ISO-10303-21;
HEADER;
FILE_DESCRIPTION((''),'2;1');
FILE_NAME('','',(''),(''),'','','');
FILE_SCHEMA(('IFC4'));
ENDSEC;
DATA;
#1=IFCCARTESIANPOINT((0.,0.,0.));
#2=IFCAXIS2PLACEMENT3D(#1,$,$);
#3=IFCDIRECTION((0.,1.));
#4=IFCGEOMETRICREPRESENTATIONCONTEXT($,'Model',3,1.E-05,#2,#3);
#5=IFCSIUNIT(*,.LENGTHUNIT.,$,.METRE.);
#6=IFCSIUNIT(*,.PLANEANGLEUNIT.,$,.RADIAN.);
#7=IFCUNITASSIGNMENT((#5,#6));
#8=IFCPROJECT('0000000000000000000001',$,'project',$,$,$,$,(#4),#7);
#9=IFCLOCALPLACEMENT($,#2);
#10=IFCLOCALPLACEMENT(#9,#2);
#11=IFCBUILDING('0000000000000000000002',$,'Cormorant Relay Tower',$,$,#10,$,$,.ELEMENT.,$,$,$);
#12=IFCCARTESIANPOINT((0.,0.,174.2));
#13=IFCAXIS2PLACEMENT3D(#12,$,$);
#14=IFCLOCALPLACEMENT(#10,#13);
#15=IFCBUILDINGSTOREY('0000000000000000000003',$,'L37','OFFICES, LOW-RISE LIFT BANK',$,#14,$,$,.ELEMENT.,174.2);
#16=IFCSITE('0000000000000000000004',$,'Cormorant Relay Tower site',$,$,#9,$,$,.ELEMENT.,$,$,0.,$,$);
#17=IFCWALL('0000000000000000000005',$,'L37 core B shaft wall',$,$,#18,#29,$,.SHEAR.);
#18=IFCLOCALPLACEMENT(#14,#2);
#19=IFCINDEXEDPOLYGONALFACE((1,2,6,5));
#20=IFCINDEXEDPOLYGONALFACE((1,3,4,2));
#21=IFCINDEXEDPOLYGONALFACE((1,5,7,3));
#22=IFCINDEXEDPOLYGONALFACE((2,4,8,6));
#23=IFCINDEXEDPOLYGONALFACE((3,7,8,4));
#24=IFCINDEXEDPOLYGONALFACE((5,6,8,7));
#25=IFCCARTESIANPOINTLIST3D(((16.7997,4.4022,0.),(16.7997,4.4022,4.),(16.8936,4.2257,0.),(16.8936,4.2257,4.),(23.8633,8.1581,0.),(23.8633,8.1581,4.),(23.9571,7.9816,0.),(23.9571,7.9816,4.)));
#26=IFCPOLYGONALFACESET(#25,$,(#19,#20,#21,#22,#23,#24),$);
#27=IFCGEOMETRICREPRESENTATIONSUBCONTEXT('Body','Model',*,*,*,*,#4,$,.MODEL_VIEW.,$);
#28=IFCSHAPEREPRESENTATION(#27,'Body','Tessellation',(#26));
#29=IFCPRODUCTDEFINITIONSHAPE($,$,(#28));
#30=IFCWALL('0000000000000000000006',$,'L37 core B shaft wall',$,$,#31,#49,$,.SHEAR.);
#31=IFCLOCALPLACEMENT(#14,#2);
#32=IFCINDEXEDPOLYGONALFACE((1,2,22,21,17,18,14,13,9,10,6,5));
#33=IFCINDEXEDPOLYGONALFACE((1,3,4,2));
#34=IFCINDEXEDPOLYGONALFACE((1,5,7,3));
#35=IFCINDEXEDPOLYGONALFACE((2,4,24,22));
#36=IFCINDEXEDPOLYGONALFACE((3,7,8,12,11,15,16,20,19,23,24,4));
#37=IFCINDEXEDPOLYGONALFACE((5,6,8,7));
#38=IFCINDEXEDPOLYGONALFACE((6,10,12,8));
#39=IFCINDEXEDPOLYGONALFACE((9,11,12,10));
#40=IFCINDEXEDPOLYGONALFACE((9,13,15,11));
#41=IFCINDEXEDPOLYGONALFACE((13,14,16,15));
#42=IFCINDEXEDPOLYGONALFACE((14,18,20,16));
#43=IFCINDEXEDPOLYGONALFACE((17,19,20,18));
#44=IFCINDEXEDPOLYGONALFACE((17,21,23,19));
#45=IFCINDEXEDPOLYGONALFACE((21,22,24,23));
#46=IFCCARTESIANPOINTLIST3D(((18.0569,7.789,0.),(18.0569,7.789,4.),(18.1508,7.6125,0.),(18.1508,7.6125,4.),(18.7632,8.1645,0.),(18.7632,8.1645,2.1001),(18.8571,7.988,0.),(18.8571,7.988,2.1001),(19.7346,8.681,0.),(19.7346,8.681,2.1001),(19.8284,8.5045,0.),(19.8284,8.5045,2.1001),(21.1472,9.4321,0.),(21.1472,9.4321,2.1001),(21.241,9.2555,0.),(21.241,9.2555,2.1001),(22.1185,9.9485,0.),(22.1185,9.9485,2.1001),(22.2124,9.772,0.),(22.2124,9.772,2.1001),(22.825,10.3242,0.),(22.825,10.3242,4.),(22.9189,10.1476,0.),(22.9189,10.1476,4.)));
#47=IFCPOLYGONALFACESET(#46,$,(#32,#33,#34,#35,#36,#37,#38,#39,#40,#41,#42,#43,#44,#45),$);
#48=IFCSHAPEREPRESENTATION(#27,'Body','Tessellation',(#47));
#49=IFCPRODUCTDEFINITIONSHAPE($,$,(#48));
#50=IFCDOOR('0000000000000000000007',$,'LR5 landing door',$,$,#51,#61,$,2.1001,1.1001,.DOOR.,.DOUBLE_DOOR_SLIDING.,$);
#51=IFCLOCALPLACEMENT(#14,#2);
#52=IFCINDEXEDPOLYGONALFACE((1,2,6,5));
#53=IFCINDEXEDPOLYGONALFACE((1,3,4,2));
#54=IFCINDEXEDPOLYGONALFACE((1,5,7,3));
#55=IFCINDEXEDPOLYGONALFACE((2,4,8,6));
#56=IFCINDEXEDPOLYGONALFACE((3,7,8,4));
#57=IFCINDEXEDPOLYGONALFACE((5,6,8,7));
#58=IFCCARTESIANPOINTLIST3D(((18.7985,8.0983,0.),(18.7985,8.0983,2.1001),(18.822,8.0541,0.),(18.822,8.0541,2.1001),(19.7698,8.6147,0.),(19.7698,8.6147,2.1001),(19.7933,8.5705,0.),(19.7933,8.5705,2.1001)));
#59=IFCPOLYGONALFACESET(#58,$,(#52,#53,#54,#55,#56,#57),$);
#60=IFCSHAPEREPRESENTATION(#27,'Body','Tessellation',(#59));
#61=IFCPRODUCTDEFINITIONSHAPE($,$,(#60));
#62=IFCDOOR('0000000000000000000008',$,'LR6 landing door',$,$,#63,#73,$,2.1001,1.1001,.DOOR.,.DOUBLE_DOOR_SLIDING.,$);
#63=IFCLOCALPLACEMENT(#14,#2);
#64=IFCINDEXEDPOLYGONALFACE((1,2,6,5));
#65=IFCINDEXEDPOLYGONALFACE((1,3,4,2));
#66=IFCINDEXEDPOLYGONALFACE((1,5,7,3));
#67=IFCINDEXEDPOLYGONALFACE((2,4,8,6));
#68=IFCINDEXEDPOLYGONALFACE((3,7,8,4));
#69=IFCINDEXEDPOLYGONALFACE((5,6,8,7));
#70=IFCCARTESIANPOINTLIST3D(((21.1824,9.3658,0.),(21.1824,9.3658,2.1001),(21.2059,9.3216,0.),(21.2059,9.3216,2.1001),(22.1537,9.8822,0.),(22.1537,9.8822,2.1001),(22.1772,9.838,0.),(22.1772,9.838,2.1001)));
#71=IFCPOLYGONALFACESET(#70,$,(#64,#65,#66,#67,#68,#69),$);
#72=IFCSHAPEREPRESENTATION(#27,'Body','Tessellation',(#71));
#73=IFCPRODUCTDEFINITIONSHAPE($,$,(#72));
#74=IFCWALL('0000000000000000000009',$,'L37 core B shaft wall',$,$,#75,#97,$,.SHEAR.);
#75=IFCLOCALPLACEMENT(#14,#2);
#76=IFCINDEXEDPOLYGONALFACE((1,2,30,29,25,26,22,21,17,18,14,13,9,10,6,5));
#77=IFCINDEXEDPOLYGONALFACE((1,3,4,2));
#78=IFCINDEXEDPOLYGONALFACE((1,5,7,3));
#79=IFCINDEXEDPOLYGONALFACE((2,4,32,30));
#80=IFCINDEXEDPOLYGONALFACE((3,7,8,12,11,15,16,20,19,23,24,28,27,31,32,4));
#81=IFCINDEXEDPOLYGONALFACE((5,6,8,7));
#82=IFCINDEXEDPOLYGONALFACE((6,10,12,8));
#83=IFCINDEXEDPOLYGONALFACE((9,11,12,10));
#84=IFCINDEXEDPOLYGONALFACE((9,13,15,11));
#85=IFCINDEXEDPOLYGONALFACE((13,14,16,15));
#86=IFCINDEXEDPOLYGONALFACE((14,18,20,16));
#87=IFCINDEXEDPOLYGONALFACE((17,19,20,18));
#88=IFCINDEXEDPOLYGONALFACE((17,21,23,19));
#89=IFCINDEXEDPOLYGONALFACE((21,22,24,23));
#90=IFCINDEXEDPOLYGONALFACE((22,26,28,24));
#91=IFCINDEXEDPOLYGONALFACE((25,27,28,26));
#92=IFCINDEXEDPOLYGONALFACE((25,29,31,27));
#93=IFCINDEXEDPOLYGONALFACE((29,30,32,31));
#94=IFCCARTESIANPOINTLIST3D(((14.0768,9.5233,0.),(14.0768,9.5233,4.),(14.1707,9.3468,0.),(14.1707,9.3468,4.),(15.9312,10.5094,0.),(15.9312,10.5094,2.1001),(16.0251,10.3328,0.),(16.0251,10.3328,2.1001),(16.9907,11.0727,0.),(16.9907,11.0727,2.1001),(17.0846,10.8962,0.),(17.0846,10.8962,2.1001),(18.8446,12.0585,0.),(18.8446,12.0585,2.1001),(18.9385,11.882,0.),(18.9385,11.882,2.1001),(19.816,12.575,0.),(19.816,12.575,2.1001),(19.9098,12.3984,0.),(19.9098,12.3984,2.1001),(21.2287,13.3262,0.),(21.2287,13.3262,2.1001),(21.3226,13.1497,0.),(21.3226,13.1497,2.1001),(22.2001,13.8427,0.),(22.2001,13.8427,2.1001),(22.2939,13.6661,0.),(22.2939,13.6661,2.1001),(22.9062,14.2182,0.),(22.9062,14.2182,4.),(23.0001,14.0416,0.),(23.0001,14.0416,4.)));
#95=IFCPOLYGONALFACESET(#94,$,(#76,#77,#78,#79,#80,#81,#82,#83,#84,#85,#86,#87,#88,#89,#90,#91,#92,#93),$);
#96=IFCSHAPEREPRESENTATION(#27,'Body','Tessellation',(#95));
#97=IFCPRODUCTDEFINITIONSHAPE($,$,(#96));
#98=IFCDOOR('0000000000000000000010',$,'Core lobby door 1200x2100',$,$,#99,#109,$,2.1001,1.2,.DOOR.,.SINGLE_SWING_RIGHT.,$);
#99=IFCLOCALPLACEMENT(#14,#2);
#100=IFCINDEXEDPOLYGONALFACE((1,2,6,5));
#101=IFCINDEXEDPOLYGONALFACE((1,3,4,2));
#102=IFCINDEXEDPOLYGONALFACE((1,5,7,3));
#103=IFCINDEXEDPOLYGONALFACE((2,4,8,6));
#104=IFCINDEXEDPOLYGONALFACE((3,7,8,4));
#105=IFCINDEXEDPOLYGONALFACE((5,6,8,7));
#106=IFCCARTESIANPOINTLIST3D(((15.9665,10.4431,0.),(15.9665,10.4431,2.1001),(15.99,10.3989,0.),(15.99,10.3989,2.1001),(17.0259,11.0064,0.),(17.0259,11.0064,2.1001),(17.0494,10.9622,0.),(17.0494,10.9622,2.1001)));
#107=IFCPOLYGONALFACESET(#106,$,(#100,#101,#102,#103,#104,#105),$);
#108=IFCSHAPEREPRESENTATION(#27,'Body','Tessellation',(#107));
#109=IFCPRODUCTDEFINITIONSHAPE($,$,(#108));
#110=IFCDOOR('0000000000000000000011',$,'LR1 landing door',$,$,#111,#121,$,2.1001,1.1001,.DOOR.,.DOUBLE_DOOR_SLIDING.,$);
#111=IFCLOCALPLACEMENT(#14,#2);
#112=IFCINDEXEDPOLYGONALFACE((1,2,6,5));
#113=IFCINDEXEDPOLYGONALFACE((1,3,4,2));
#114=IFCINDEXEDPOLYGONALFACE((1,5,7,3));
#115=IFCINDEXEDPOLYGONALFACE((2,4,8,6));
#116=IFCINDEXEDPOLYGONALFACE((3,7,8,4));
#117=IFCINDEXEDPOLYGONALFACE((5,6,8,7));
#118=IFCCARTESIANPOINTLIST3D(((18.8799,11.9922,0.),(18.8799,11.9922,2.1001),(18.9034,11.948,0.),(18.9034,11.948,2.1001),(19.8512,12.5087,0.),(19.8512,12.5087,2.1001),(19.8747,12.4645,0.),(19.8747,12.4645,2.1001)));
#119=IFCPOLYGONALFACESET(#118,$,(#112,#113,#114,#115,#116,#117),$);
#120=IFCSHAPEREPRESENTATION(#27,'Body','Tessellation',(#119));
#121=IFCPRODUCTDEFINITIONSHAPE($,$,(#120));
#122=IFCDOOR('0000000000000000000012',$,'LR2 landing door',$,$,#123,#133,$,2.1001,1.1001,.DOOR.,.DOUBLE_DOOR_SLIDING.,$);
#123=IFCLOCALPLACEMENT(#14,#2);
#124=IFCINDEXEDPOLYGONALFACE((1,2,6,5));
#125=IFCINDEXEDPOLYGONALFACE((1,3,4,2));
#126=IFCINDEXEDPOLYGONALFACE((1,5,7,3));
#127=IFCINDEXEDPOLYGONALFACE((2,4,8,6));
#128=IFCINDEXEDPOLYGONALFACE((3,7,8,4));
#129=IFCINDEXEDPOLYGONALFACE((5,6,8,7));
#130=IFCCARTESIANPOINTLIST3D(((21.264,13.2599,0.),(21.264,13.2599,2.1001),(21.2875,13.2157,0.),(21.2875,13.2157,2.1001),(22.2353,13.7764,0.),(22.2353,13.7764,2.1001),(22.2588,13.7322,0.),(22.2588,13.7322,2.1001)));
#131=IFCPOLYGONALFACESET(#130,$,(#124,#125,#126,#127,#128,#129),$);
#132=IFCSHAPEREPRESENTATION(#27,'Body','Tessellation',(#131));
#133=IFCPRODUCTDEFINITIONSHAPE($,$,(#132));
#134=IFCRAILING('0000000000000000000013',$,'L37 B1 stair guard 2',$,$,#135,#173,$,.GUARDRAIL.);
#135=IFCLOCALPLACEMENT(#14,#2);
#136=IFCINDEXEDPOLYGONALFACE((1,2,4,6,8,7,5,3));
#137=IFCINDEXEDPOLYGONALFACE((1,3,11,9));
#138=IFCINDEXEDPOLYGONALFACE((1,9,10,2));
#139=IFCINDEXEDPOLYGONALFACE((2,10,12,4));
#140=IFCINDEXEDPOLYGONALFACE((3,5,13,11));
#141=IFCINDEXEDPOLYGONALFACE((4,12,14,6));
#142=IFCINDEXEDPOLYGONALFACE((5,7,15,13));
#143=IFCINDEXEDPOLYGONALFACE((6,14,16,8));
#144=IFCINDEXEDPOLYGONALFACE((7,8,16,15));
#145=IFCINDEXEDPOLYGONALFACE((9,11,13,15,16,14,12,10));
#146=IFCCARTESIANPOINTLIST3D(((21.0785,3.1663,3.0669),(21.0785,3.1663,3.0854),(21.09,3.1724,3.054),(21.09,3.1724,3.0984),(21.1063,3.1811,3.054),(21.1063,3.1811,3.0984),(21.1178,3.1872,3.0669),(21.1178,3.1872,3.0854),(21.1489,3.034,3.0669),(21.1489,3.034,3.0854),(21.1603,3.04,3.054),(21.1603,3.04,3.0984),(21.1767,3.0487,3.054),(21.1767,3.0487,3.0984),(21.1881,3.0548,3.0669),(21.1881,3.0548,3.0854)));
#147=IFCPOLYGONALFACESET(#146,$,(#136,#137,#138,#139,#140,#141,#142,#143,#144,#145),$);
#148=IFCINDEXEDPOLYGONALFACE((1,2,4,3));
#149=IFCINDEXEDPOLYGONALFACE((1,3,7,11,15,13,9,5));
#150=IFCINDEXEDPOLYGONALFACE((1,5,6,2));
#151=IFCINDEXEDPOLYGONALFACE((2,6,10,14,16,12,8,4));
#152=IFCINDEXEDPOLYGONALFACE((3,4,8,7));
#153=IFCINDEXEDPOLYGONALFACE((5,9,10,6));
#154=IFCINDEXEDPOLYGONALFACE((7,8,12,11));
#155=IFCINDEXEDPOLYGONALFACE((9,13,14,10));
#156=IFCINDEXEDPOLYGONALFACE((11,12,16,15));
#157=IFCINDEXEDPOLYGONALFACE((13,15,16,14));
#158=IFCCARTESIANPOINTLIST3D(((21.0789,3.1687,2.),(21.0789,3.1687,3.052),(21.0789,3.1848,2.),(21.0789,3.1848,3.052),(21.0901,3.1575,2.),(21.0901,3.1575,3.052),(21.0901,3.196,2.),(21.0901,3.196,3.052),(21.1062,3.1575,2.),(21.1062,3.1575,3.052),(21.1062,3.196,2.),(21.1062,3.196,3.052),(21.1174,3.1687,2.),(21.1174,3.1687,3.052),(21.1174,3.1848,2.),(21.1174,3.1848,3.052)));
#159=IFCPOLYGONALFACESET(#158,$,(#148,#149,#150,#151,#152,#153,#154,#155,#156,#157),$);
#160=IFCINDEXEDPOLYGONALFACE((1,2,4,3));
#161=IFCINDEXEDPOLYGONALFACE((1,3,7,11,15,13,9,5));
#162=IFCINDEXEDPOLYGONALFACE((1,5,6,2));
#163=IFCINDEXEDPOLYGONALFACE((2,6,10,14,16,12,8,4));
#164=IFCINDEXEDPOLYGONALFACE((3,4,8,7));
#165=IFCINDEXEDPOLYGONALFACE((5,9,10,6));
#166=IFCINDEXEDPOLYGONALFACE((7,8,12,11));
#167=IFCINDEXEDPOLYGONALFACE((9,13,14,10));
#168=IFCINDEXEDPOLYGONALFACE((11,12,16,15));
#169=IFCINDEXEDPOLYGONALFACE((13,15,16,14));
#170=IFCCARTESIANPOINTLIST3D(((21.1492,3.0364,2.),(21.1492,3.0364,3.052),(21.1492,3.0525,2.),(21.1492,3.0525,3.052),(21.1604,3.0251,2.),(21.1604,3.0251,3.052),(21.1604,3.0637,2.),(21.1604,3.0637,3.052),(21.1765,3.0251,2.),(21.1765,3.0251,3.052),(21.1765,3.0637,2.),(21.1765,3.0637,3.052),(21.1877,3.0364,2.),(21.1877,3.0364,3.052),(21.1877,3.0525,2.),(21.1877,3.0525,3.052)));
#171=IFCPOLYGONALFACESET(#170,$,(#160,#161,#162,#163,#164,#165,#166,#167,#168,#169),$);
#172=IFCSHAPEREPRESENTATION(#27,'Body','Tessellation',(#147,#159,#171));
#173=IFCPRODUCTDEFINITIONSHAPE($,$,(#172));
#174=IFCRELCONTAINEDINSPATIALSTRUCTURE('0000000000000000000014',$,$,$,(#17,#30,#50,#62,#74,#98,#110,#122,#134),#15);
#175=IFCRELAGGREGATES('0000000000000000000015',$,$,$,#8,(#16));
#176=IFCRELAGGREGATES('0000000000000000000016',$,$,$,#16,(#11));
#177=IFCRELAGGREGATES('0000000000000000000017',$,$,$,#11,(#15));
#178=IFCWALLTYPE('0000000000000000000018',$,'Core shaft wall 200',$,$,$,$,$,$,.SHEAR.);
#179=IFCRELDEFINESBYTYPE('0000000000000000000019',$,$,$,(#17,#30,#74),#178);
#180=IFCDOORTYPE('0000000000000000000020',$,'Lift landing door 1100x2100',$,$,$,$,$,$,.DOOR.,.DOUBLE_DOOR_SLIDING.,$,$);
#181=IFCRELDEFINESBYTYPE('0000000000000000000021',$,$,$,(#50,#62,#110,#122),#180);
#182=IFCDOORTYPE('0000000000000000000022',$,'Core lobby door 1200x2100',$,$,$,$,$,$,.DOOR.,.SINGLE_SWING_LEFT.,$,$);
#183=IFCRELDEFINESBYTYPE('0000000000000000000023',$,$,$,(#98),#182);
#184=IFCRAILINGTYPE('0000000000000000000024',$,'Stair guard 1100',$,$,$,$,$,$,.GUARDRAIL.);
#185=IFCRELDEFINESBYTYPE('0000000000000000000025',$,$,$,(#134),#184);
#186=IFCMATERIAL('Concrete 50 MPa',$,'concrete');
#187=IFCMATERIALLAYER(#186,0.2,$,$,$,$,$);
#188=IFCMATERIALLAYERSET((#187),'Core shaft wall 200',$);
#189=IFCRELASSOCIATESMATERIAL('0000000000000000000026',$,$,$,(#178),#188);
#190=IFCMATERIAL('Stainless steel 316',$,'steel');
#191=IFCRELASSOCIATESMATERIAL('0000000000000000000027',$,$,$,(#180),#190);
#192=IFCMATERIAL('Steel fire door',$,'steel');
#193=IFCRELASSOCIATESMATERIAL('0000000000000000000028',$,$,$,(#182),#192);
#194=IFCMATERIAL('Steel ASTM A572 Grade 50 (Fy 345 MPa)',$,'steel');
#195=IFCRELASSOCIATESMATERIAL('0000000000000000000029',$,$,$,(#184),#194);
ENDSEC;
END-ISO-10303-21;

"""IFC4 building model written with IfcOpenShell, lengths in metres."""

from ifc_helpers import new_model, si_unit, direction, frame, frame_2d, origin, place, context, subcontext, project, spatial, polyline, rectangle, outline, extrude, material, layer, layer_set, type_object, element, fill, save


model = new_model("IFC4")

# Units and contexts
model_context = context("Model", 3, precision=1e-05, world=origin(), true_north=direction((0.0, 1.0)))
body_context = subcontext(model_context, "Body", "Model", "MODEL_VIEW")
ifc_project = project(units=[si_unit("LENGTHUNIT", "METRE"), si_unit("PLANEANGLEUNIT", "RADIAN")], contexts=[model_context])

# Site, building, storey
site_placement = place(None, origin())
site = spatial("IfcSite", under=ifc_project, at=site_placement, Name="Cormorant Relay Tower site", CompositionType="ELEMENT", RefElevation=0.0)
building_placement = place(site_placement, origin())
building = spatial("IfcBuilding", under=site, at=building_placement, Name="Cormorant Relay Tower", CompositionType="ELEMENT")
storey_placement = place(building_placement, frame((0.0, 0.0, 174.2)))
storey = spatial("IfcBuildingStorey", under=building, at=storey_placement, Name="L37", Description="OFFICES, LOW-RISE LIFT BANK", CompositionType="ELEMENT", Elevation=174.2)

# Wall
ifc_material_1 = material(Name="Concrete 50 MPa", Category="concrete")
ifc_layer_1 = layer(ifc_material_1, 0.2)
ifc_layer_set_1 = layer_set([ifc_layer_1], Name="Core shaft wall 200")
wall_type = type_object("IfcWallType", Name="Core shaft wall 200", PredefinedType="SHEAR", material=ifc_layer_set_1)
for number, where, z_axis, x_axis, name in (
    (1, (16.8467, 4.314, 0.0), (0.0, 0.0, 1.0), (0.88294, 0.469485, 0.0), "L37 core B shaft wall"),
):
    element("IfcWall", number, at=place(storey_placement, frame(where, z_axis=z_axis, x_axis=x_axis)), inside=storey, type_object=wall_type, Name=name, PredefinedType="SHEAR", context=body_context, shape_type="SweptSolid", body=[
        extrude(rectangle(XDim=8.0, YDim=0.2, at=frame_2d((4.0, 0.0))), origin(), (0.0, 0.0, 1.0), 4.0),
    ])

# Walls, openings, doors
wall_1_placement = place(storey_placement, frame((18.1038, 7.7007, 0.0), z_axis=(0.0, 0.0, 1.0), x_axis=(0.882953, 0.469462, 0.0)))
wall_1 = element("IfcWall", 2, at=wall_1_placement, inside=storey, type_object=wall_type, Name="L37 core B shaft wall", PredefinedType="SHEAR", context=body_context, shape_type="SweptSolid", body=[
    extrude(rectangle(XDim=5.4001, YDim=0.2, at=frame_2d((2.7002, 0.0))), origin(), (0.0, 0.0, 1.0), 4.0),
])
opening_1_placement = place(wall_1_placement, frame((0.8, 0.0, 0.0)))
opening_1 = element("IfcOpeningElement", 3, at=opening_1_placement, cuts=wall_1, PredefinedType="OPENING", context=body_context, shape_type="SweptSolid", body=[
    extrude(rectangle(XDim=1.1001, YDim=2.1001, at=frame_2d((0.55, 1.05))), frame((0.0, 0.1099, 0.0), z_axis=(0.0, -1.0, 0.0), x_axis=(1.0, 0.0, 0.0)), (0.0, 0.0, 1.0), 0.22),
])
opening_2_placement = place(wall_1_placement, frame((3.5, 0.0, 0.0)))
opening_2 = element("IfcOpeningElement", 4, at=opening_2_placement, cuts=wall_1, PredefinedType="OPENING", context=body_context, shape_type="SweptSolid", body=[
    extrude(rectangle(XDim=1.1001, YDim=2.1001, at=frame_2d((0.55, 1.05))), frame((0.0, 0.1099, 0.0), z_axis=(0.0, -1.0, 0.0), x_axis=(1.0, 0.0, 0.0)), (0.0, 0.0, 1.0), 0.22),
])
ifc_material_2 = material(Name="Stainless steel 316", Category="steel")
door_type_1 = type_object("IfcDoorType", Name="Lift landing door 1100x2100", OperationType="DOUBLE_DOOR_SLIDING", PredefinedType="DOOR", material=ifc_material_2)
door_1_placement = place(opening_1_placement, origin())
door_1 = element("IfcDoor", 5, at=door_1_placement, inside=storey, type_object=door_type_1, Name="LR5 landing door", OperationType="DOUBLE_DOOR_SLIDING", OverallHeight=2.1001, OverallWidth=1.1001, PredefinedType="DOOR", context=body_context, shape_type="SweptSolid", body=[
    extrude(rectangle(XDim=1.1001, YDim=2.1001, at=frame_2d((0.55, 1.05))), frame((0.0, 0.0249, 0.0), z_axis=(0.0, -1.0, 0.0), x_axis=(1.0, 0.0, 0.0)), (0.0, 0.0, 1.0), 0.05),
])
fill(opening_1, door_1)
door_2_placement = place(opening_2_placement, origin())
door_2 = element("IfcDoor", 6, at=door_2_placement, inside=storey, type_object=door_type_1, Name="LR6 landing door", OperationType="DOUBLE_DOOR_SLIDING", OverallHeight=2.1001, OverallWidth=1.1001, PredefinedType="DOOR", context=body_context, shape_type="SweptSolid", body=[
    extrude(rectangle(XDim=1.1001, YDim=2.1001, at=frame_2d((0.55, 1.05))), frame((0.0, 0.0249, 0.0), z_axis=(0.0, -1.0, 0.0), x_axis=(1.0, 0.0, 0.0)), (0.0, 0.0, 1.0), 0.05),
])
fill(opening_2, door_2)
wall_2_placement = place(storey_placement, frame((14.1238, 9.4351, 0.0), z_axis=(0.0, 0.0, 1.0), x_axis=(0.88294, 0.469485, 0.0)))
wall_2 = element("IfcWall", 7, at=wall_2_placement, inside=storey, type_object=wall_type, Name="L37 core B shaft wall", PredefinedType="SHEAR", context=body_context, shape_type="SweptSolid", body=[
    extrude(rectangle(XDim=10.0, YDim=0.2, at=frame_2d((5.0, 0.0))), origin(), (0.0, 0.0, 1.0), 4.0),
])
opening_3_placement = place(wall_2_placement, frame((2.1001, 0.0, 0.0)))
opening_3 = element("IfcOpeningElement", 8, at=opening_3_placement, cuts=wall_2, PredefinedType="OPENING", context=body_context, shape_type="SweptSolid", body=[
    extrude(rectangle(XDim=1.2, YDim=2.1001, at=frame_2d((0.6001, 1.05))), frame((0.0, 0.1099, 0.0), z_axis=(0.0, -1.0, 0.0), x_axis=(1.0, 0.0, 0.0)), (0.0, 0.0, 1.0), 0.22),
])
opening_4_placement = place(wall_2_placement, frame((5.3999, 0.0, 0.0)))
opening_4 = element("IfcOpeningElement", 9, at=opening_4_placement, cuts=wall_2, PredefinedType="OPENING", context=body_context, shape_type="SweptSolid", body=[
    extrude(rectangle(XDim=1.1001, YDim=2.1001, at=frame_2d((0.55, 1.05))), frame((0.0, 0.1099, 0.0), z_axis=(0.0, -1.0, 0.0), x_axis=(1.0, 0.0, 0.0)), (0.0, 0.0, 1.0), 0.22),
])
opening_5_placement = place(wall_2_placement, frame((8.1001, 0.0, 0.0)))
opening_5 = element("IfcOpeningElement", 10, at=opening_5_placement, cuts=wall_2, PredefinedType="OPENING", context=body_context, shape_type="SweptSolid", body=[
    extrude(rectangle(XDim=1.1001, YDim=2.1001, at=frame_2d((0.55, 1.05))), frame((0.0, 0.1099, 0.0), z_axis=(0.0, -1.0, 0.0), x_axis=(1.0, 0.0, 0.0)), (0.0, 0.0, 1.0), 0.22),
])
ifc_material_3 = material(Name="Steel fire door", Category="steel")
door_type_2 = type_object("IfcDoorType", Name="Core lobby door 1200x2100", OperationType="SINGLE_SWING_LEFT", PredefinedType="DOOR", material=ifc_material_3)
door_3_placement = place(opening_3_placement, origin())
door_3 = element("IfcDoor", 11, at=door_3_placement, inside=storey, type_object=door_type_2, Name="Core lobby door 1200x2100", OperationType="SINGLE_SWING_RIGHT", OverallHeight=2.1001, OverallWidth=1.2, PredefinedType="DOOR", context=body_context, shape_type="SweptSolid", body=[
    extrude(rectangle(XDim=1.2, YDim=2.1001, at=frame_2d((0.6001, 1.05))), frame((0.0, 0.0249, 0.0), z_axis=(0.0, -1.0, 0.0), x_axis=(1.0, 0.0, 0.0)), (0.0, 0.0, 1.0), 0.05),
])
fill(opening_3, door_3)
door_4_placement = place(opening_4_placement, origin())
door_4 = element("IfcDoor", 12, at=door_4_placement, inside=storey, type_object=door_type_1, Name="LR1 landing door", OperationType="DOUBLE_DOOR_SLIDING", OverallHeight=2.1001, OverallWidth=1.1001, PredefinedType="DOOR", context=body_context, shape_type="SweptSolid", body=[
    extrude(rectangle(XDim=1.1001, YDim=2.1001, at=frame_2d((0.55, 1.05))), frame((0.0, 0.0249, 0.0), z_axis=(0.0, -1.0, 0.0), x_axis=(1.0, 0.0, 0.0)), (0.0, 0.0, 1.0), 0.05),
])
fill(opening_4, door_4)
door_5_placement = place(opening_5_placement, origin())
door_5 = element("IfcDoor", 13, at=door_5_placement, inside=storey, type_object=door_type_1, Name="LR2 landing door", OperationType="DOUBLE_DOOR_SLIDING", OverallHeight=2.1001, OverallWidth=1.1001, PredefinedType="DOOR", context=body_context, shape_type="SweptSolid", body=[
    extrude(rectangle(XDim=1.1001, YDim=2.1001, at=frame_2d((0.55, 1.05))), frame((0.0, 0.0249, 0.0), z_axis=(0.0, -1.0, 0.0), x_axis=(1.0, 0.0, 0.0)), (0.0, 0.0, 1.0), 0.05),
])
fill(opening_5, door_5)

# Railing
ifc_material_4 = material(Name="Steel ASTM A572 Grade 50 (Fy 345 MPa)", Category="steel")
railing_type = type_object("IfcRailingType", Name="Stair guard 1100", PredefinedType="GUARDRAIL", material=ifc_material_4)
railing_placement = place(storey_placement, frame((21.0981, 3.1768, 2.0)))
element("IfcRailing", 14, at=railing_placement, inside=storey, type_object=railing_type, Name="L37 B1 stair guard 2", PredefinedType="GUARDRAIL", context=body_context, shape_type="SweptSolid", body=[
    extrude(outline(polyline([(0.0222, 0.0093), (0.0093, 0.0222), (-0.0093, 0.0222), (-0.0222, 0.0093), (-0.0222, -0.0093), (-0.0093, -0.0222), (0.0093, -0.0222), (0.0222, -0.0093), (0.0222, 0.0093)])), frame((0.0, 0.0, 1.0762), z_axis=(0.469235, -0.883074, 0.0), x_axis=(0.883074, 0.469235, 0.0)), (0.0, 0.0, 1.0), 0.1499),
    extrude(outline(polyline([(0.0193, 0.0081), (0.0081, 0.0193), (-0.0081, 0.0193), (-0.0193, 0.0081), (-0.0193, -0.0081), (-0.0081, -0.0193), (0.0081, -0.0193), (0.0193, -0.0081), (0.0193, 0.0081)])), origin(), (0.0, 0.0, 1.0), 1.052),
    extrude(outline(polyline([(0.0193, 0.0081), (0.0081, 0.0193), (-0.0081, 0.0193), (-0.0193, 0.0081), (-0.0193, -0.0081), (-0.0081, -0.0193), (0.0081, -0.0193), (0.0193, -0.0081), (0.0193, 0.0081)])), frame((0.0703, -0.1323, 0.0)), (0.0, 0.0, 1.0), 1.052),
])

save(model, "model.ifc")
